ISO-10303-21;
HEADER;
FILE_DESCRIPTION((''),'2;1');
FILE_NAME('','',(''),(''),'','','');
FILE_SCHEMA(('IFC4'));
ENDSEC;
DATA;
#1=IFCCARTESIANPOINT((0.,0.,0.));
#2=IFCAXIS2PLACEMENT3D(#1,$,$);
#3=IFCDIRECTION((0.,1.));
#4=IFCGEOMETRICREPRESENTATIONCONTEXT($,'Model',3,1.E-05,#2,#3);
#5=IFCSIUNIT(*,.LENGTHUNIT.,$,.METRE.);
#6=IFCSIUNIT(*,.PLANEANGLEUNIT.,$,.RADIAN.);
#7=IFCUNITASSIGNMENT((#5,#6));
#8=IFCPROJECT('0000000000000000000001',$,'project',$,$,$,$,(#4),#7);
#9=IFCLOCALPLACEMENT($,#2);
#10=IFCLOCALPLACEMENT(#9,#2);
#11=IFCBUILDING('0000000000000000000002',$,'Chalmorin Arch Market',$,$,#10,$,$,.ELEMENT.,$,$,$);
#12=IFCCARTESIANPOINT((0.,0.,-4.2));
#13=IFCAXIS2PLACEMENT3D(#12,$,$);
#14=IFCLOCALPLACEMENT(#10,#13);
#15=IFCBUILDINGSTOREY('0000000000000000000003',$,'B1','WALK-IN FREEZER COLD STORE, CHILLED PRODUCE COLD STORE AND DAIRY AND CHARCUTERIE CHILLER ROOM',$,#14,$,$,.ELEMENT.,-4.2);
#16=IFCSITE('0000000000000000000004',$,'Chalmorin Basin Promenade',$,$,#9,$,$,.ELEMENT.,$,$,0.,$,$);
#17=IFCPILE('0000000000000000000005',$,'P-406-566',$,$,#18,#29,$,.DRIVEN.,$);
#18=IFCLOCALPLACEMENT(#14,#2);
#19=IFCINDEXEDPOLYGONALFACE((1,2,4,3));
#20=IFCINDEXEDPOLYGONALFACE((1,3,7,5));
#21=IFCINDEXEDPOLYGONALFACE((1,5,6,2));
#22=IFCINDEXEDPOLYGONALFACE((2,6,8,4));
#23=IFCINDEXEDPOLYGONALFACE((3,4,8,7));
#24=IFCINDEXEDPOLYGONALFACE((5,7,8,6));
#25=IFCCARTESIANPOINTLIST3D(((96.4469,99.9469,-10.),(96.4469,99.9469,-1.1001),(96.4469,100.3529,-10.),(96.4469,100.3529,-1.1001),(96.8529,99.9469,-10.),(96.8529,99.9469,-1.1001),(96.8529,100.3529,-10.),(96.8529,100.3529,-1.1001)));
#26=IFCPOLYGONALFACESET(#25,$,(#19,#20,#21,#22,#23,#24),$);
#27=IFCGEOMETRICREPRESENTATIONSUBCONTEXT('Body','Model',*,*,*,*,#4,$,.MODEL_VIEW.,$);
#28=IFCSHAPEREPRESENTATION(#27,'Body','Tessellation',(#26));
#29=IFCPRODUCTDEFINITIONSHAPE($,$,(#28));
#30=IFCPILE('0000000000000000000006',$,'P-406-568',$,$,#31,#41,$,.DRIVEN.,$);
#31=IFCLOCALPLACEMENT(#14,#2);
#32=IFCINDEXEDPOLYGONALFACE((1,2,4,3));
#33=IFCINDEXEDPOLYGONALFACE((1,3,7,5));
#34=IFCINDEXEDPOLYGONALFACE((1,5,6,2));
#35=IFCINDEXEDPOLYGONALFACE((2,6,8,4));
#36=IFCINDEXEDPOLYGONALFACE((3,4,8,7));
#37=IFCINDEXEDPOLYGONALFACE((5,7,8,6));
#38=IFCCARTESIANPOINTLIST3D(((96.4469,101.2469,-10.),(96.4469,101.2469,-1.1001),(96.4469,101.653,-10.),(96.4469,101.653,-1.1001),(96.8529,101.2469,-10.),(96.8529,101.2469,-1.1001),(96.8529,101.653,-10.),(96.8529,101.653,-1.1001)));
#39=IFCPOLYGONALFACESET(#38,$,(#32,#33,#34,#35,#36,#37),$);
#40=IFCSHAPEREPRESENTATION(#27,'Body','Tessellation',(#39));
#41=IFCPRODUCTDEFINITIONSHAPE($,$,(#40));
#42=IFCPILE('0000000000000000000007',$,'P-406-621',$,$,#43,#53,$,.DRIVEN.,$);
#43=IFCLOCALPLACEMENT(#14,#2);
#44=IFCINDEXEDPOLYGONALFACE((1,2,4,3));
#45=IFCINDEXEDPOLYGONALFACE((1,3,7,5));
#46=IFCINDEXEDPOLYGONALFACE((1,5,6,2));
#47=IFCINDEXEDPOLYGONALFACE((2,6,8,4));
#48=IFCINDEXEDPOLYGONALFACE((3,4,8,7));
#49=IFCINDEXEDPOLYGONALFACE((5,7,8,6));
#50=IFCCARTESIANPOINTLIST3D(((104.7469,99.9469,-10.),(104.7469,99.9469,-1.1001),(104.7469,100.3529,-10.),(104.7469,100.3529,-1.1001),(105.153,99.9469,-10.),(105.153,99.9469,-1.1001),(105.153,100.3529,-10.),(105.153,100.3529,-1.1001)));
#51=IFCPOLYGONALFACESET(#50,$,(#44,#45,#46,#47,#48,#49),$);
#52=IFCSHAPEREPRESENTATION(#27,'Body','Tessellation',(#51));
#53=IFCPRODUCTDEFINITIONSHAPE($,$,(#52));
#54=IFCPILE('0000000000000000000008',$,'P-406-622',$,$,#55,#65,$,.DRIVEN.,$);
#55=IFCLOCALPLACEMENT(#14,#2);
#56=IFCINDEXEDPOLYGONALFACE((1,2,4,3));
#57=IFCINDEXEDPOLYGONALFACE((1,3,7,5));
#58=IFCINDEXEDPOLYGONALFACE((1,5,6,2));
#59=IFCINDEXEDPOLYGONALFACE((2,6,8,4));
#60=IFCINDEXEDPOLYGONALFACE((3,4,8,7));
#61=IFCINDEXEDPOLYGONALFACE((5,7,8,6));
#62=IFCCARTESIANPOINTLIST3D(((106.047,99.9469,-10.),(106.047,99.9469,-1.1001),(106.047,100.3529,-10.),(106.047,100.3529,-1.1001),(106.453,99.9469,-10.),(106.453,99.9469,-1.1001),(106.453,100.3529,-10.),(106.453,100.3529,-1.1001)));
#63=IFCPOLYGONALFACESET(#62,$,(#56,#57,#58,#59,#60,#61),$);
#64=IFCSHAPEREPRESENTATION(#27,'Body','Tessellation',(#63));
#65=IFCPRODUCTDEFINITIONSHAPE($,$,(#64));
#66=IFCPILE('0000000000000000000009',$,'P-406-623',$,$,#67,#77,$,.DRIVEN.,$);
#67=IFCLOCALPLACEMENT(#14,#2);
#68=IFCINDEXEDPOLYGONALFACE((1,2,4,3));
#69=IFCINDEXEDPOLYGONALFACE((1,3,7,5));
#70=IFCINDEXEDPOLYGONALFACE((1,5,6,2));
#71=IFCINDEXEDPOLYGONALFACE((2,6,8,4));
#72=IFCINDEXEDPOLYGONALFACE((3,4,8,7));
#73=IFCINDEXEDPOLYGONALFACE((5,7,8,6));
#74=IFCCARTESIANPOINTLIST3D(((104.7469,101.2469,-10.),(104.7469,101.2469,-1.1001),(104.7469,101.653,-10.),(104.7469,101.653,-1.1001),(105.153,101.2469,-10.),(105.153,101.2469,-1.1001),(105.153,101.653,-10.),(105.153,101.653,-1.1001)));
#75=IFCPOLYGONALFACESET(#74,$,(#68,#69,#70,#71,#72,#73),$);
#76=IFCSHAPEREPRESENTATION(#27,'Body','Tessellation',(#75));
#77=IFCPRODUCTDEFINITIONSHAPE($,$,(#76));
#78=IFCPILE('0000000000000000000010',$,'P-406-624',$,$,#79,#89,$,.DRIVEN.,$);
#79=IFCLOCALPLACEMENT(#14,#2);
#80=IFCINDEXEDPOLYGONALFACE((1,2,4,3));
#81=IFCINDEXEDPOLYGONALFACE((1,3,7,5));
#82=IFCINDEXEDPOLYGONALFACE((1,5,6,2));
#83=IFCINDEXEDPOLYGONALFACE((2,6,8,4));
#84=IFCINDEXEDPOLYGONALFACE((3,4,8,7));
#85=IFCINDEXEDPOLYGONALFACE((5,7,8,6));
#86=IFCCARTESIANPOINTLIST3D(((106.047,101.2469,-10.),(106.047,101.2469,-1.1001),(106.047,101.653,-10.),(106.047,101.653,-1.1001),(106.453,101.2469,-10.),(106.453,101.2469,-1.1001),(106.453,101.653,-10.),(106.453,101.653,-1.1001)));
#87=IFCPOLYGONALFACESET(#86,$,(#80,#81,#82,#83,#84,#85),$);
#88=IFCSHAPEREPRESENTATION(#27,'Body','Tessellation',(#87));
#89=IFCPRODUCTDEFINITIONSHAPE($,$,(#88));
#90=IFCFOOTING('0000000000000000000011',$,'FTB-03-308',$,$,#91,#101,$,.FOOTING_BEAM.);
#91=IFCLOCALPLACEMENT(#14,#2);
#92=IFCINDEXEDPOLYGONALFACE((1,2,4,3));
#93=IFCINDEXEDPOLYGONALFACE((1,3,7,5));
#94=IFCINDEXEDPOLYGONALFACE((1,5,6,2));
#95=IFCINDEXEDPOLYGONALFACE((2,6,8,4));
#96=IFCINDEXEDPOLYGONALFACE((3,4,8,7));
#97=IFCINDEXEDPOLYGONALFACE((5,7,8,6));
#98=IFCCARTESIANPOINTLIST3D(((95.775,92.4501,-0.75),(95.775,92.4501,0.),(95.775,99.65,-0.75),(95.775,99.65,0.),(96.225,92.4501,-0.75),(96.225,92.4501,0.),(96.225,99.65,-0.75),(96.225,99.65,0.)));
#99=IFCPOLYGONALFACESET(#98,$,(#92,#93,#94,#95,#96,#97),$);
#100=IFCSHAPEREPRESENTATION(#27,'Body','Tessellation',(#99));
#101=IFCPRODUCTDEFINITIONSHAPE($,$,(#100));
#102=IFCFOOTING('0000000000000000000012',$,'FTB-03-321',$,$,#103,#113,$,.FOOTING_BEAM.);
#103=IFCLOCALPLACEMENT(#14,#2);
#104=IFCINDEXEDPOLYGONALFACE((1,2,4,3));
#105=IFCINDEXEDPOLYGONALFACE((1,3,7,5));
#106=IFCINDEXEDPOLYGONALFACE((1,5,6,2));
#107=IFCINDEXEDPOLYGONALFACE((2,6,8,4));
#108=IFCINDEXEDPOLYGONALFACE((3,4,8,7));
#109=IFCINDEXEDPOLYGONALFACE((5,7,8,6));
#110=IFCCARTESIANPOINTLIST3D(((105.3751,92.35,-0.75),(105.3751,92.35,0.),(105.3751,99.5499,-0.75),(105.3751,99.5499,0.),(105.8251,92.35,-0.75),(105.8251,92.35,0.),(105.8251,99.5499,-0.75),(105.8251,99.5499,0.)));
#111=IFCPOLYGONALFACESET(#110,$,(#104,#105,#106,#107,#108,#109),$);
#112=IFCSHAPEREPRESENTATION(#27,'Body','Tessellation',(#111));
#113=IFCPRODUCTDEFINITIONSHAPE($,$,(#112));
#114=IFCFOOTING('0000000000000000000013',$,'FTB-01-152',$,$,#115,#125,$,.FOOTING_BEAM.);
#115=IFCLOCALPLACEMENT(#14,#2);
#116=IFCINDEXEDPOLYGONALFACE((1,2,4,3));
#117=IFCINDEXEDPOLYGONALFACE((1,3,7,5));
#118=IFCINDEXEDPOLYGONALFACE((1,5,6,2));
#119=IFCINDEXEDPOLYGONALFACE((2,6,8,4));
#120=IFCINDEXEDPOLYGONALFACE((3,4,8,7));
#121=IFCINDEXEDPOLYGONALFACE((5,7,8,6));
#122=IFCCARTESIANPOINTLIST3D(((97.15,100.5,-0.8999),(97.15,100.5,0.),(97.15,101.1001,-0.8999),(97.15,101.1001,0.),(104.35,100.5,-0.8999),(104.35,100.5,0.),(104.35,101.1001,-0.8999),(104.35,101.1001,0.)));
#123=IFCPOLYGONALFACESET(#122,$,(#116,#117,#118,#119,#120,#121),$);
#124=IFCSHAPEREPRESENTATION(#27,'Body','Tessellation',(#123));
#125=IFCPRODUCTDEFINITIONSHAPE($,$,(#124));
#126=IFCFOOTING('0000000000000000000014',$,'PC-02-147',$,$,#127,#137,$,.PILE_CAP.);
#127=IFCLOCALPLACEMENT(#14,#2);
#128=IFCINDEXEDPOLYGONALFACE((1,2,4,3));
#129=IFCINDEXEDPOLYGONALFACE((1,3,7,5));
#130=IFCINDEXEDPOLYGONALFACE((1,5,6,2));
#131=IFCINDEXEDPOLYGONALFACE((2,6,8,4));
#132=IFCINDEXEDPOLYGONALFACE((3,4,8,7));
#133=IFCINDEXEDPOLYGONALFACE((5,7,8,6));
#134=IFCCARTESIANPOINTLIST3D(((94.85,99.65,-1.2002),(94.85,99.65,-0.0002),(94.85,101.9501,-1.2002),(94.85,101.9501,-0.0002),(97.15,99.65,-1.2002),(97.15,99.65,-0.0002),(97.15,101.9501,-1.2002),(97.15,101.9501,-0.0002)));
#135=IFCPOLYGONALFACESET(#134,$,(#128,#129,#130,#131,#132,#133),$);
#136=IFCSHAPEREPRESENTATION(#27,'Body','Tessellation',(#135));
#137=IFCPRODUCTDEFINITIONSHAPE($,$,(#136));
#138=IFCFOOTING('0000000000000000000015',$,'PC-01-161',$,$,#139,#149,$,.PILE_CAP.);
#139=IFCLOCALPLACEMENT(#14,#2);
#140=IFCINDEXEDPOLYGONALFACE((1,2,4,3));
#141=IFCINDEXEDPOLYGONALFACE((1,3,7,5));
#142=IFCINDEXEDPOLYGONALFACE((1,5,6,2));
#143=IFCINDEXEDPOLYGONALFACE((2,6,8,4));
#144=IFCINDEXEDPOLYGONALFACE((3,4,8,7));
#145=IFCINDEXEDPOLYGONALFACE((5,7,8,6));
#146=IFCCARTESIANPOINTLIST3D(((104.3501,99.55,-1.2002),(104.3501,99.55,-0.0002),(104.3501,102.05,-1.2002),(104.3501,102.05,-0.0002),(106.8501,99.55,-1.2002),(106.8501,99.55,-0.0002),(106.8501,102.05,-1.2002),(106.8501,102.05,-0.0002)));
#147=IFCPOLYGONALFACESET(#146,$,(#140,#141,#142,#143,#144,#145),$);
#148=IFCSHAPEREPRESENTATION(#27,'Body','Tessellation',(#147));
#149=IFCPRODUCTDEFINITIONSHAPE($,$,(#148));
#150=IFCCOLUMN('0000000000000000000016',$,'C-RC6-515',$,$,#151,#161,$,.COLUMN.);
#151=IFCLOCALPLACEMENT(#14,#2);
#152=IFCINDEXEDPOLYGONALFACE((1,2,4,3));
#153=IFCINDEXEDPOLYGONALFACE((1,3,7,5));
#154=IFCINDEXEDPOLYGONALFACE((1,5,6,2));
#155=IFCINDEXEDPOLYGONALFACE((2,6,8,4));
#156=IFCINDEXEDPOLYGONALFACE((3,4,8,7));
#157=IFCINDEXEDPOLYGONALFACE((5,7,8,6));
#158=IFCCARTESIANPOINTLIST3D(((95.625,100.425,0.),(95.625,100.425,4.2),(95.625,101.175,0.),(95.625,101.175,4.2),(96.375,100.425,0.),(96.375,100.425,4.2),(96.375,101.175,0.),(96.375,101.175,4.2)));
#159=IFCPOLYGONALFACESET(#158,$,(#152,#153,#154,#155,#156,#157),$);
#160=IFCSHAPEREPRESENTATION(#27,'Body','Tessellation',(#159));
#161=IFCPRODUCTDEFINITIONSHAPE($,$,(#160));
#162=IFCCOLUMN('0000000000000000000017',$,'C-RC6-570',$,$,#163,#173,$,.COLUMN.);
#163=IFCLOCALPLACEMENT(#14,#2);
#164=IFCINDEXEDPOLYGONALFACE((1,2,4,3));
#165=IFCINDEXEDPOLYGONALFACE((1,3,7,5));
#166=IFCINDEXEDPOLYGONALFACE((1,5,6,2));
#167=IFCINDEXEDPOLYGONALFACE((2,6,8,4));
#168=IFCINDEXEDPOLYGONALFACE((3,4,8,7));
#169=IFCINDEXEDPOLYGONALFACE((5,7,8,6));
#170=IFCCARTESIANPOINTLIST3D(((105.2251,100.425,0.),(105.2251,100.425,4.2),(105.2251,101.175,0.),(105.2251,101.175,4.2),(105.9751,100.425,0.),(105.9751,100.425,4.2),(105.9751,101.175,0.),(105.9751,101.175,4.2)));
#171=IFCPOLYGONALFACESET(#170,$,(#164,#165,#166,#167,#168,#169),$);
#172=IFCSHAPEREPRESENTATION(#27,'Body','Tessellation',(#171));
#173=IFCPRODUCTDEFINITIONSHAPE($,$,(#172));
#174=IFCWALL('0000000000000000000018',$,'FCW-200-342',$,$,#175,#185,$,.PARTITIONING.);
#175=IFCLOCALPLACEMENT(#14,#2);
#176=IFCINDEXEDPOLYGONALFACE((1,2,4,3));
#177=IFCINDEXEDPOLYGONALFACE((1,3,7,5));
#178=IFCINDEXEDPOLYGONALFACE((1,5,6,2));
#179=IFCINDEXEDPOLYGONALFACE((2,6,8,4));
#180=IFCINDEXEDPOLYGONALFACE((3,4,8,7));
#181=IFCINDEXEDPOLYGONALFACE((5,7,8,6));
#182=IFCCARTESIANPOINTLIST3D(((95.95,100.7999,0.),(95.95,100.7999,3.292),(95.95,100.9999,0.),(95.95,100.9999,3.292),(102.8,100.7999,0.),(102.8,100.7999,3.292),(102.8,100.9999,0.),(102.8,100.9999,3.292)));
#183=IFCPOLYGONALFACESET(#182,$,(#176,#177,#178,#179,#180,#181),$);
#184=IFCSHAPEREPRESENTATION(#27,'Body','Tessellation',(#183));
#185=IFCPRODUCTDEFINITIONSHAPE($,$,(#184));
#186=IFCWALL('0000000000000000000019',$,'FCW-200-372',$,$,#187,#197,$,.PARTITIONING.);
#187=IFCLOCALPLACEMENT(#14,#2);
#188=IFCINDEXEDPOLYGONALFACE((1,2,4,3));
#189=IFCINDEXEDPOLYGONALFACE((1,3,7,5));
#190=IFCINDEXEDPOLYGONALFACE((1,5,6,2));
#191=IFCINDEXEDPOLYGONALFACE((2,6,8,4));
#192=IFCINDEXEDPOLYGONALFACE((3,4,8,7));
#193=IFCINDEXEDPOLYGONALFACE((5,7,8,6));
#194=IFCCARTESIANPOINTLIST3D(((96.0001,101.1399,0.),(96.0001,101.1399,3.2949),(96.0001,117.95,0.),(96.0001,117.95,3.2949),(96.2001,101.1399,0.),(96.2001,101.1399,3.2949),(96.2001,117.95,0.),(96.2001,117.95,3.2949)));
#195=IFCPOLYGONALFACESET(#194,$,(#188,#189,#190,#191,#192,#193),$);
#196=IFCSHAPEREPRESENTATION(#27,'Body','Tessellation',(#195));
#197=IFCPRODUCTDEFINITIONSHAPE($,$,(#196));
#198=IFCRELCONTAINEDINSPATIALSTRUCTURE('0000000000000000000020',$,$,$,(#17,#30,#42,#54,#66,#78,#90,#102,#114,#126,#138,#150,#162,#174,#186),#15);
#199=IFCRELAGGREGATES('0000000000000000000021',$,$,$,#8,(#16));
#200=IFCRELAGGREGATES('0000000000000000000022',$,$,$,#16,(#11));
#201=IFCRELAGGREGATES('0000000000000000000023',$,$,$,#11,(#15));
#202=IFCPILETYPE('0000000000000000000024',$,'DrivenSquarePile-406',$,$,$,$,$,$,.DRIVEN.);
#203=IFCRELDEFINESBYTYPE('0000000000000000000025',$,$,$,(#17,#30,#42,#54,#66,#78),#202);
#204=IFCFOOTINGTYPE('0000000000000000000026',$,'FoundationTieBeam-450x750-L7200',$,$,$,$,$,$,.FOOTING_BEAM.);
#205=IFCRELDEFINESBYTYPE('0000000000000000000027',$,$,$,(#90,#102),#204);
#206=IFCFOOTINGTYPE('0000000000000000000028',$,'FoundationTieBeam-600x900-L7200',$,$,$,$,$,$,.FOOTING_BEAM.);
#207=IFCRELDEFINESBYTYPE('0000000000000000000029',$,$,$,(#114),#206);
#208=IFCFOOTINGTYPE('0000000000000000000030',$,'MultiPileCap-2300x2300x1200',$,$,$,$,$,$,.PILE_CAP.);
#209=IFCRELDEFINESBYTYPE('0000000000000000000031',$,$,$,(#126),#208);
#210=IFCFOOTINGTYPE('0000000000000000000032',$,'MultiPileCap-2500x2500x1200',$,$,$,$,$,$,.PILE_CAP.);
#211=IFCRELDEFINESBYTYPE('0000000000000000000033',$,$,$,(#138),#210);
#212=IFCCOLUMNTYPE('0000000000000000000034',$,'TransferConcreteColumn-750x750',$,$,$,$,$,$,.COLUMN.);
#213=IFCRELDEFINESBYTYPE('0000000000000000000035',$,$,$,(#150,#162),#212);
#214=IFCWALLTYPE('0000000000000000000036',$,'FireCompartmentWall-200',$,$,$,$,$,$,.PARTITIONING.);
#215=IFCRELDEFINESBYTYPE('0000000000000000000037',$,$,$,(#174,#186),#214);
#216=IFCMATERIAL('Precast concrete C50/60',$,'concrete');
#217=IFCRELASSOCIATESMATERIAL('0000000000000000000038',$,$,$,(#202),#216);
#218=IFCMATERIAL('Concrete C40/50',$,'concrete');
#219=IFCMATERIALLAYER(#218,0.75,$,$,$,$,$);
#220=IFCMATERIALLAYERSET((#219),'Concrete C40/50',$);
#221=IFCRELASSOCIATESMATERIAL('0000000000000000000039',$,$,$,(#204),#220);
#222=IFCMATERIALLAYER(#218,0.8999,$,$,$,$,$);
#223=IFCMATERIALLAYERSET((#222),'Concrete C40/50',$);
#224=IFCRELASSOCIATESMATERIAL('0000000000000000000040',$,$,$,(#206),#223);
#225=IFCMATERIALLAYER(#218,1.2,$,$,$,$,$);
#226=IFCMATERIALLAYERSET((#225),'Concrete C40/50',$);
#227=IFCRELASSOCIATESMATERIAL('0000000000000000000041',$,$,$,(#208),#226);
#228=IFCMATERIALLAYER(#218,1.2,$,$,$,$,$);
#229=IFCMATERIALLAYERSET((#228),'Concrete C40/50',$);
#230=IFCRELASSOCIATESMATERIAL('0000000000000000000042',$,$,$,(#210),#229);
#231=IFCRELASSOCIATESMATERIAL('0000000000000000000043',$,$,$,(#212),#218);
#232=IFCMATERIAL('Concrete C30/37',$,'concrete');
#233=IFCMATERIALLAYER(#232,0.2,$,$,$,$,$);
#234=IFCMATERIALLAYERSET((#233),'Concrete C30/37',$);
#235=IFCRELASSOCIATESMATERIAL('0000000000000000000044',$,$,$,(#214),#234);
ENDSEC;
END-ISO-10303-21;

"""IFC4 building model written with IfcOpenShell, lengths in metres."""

from ifc_helpers import new_model, si_unit, direction, frame, frame_2d, origin, origin_2d, place, context, subcontext, project, spatial, rectangle, extrude, material, layer, layer_set, material_profile, profile_set, type_object, element, save


model = new_model("IFC4")

# Units and contexts
model_context = context("Model", 3, precision=1e-05, world=origin(), true_north=direction((0.0, 1.0)))
body_context = subcontext(model_context, "Body", "Model", "MODEL_VIEW")
ifc_project = project(units=[si_unit("LENGTHUNIT", "METRE"), si_unit("PLANEANGLEUNIT", "RADIAN")], contexts=[model_context])

# Site, building, storey
site_placement = place(None, origin())
site = spatial("IfcSite", under=ifc_project, at=site_placement, Name="Chalmorin Basin Promenade", CompositionType="ELEMENT", RefElevation=0.0)
building_placement = place(site_placement, origin())
building = spatial("IfcBuilding", under=site, at=building_placement, Name="Chalmorin Arch Market", CompositionType="ELEMENT")
storey_placement = place(building_placement, frame((0.0, 0.0, -4.2)))
storey = spatial("IfcBuildingStorey", under=building, at=storey_placement, Name="B1", Description="WALK-IN FREEZER COLD STORE, CHILLED PRODUCE COLD STORE AND DAIRY AND CHARCUTERIE CHILLER ROOM", CompositionType="ELEMENT", Elevation=-4.2)

# Piles
ifc_material_1 = material(Name="Precast concrete C50/60", Category="concrete")
ifc_material_profile_1 = material_profile(ifc_material_1, rectangle(XDim=0.406, YDim=0.406, at=origin_2d()), Name="PPC406")
ifc_profile_set_1 = profile_set([ifc_material_profile_1], Name="Precast concrete C50/60")
pile_type = type_object("IfcPileType", Name="DrivenSquarePile-406", PredefinedType="DRIVEN", material=ifc_profile_set_1)
for number, where, z_axis, x_axis, name in (
    (1, (96.6499, 100.1499, -1.1001), (0.0, 0.0, -1.0), (1.0, 0.0, 0.0), "P-406-566"),
    (2, (96.6499, 101.45, -1.1001), (0.0, 0.0, -1.0), (1.0, 0.0, 0.0), "P-406-568"),
    (3, (104.95, 100.1499, -1.1001), (0.0, 0.0, -1.0), (1.0, 0.0, 0.0), "P-406-621"),
    (4, (106.25, 100.1499, -1.1001), (0.0, 0.0, -1.0), (1.0, 0.0, 0.0), "P-406-622"),
    (5, (104.95, 101.45, -1.1001), (0.0, 0.0, -1.0), (1.0, 0.0, 0.0), "P-406-623"),
    (6, (106.25, 101.45, -1.1001), (0.0, 0.0, -1.0), (1.0, 0.0, 0.0), "P-406-624"),
):
    element("IfcPile", number, at=place(storey_placement, frame(where, z_axis=z_axis, x_axis=x_axis)), inside=storey, type_object=pile_type, Name=name, PredefinedType="DRIVEN", context=body_context, shape_type="SweptSolid", body=[
        extrude(rectangle(XDim=0.406, YDim=0.406, at=origin_2d()), origin(), (0.0, 0.0, 1.0), 8.8999),
    ])

# Footings
ifc_material_2 = material(Name="Concrete C40/50", Category="concrete")
ifc_layer_1 = layer(ifc_material_2, 0.75)
ifc_layer_set_1 = layer_set([ifc_layer_1], Name="Concrete C40/50")
footing_type_1 = type_object("IfcFootingType", Name="FoundationTieBeam-450x750-L7200", PredefinedType="FOOTING_BEAM", material=ifc_layer_set_1)
for number, where, z_axis, x_axis, name in (
    (7, (96.0, 96.05, -0.75), (0.0, 0.0, 1.0), (0.0, 1.0, 0.0), "FTB-03-308"),
    (8, (105.6001, 95.95, -0.75), (0.0, 0.0, 1.0), (0.0, 1.0, 0.0), "FTB-03-321"),
):
    element("IfcFooting", number, at=place(storey_placement, frame(where, z_axis=z_axis, x_axis=x_axis)), inside=storey, type_object=footing_type_1, Name=name, PredefinedType="FOOTING_BEAM", context=body_context, shape_type="SweptSolid", body=[
        extrude(rectangle(XDim=7.2, YDim=0.45, at=origin_2d()), origin(), (0.0, 0.0, 1.0), 0.75),
    ])
ifc_layer_2 = layer(ifc_material_2, 0.8999)
ifc_layer_set_2 = layer_set([ifc_layer_2], Name="Concrete C40/50")
footing_type_2 = type_object("IfcFootingType", Name="FoundationTieBeam-600x900-L7200", PredefinedType="FOOTING_BEAM", material=ifc_layer_set_2)
footing_1_placement = place(storey_placement, frame((100.75, 100.8, -0.8999), z_axis=(0.0, 0.0, 1.0), x_axis=(1.0, 0.0, 0.0)))
element("IfcFooting", 9, at=footing_1_placement, inside=storey, type_object=footing_type_2, Name="FTB-01-152", PredefinedType="FOOTING_BEAM", context=body_context, shape_type="SweptSolid", body=[
    extrude(rectangle(XDim=7.2, YDim=0.6001, at=origin_2d()), origin(), (0.0, 0.0, 1.0), 0.8999),
])
ifc_layer_3 = layer(ifc_material_2, 1.2)
ifc_layer_set_3 = layer_set([ifc_layer_3], Name="Concrete C40/50")
footing_type_3 = type_object("IfcFootingType", Name="MultiPileCap-2300x2300x1200", PredefinedType="PILE_CAP", material=ifc_layer_set_3)
footing_2_placement = place(storey_placement, frame((96.0, 100.8, -1.2002), z_axis=(0.0, 0.0, 1.0), x_axis=(1.0, 0.0, 0.0)))
element("IfcFooting", 10, at=footing_2_placement, inside=storey, type_object=footing_type_3, Name="PC-02-147", PredefinedType="PILE_CAP", context=body_context, shape_type="SweptSolid", body=[
    extrude(rectangle(XDim=2.3, YDim=2.3, at=origin_2d()), origin(), (0.0, 0.0, 1.0), 1.2),
])
ifc_layer_4 = layer(ifc_material_2, 1.2)
ifc_layer_set_4 = layer_set([ifc_layer_4], Name="Concrete C40/50")
footing_type_4 = type_object("IfcFootingType", Name="MultiPileCap-2500x2500x1200", PredefinedType="PILE_CAP", material=ifc_layer_set_4)
footing_3_placement = place(storey_placement, frame((105.6001, 100.8, -1.2002), z_axis=(0.0, 0.0, 1.0), x_axis=(1.0, 0.0, 0.0)))
element("IfcFooting", 11, at=footing_3_placement, inside=storey, type_object=footing_type_4, Name="PC-01-161", PredefinedType="PILE_CAP", context=body_context, shape_type="SweptSolid", body=[
    extrude(rectangle(XDim=2.5, YDim=2.5, at=origin_2d()), origin(), (0.0, 0.0, 1.0), 1.2),
])

# Columns
ifc_material_profile_2 = material_profile(ifc_material_2, rectangle(XDim=0.75, YDim=0.75, at=origin_2d()), Name="RC750X750")
ifc_profile_set_2 = profile_set([ifc_material_profile_2], Name="Concrete C40/50")
column_type = type_object("IfcColumnType", Name="TransferConcreteColumn-750x750", PredefinedType="COLUMN", material=ifc_profile_set_2)
for number, where, z_axis, x_axis, name in (
    (12, (96.0, 100.8, 0.0), (0.0, 0.0, 1.0), (1.0, 0.0, 0.0), "C-RC6-515"),
    (13, (105.6001, 100.8, 0.0), (0.0, 0.0, 1.0), (1.0, 0.0, 0.0), "C-RC6-570"),
):
    element("IfcColumn", number, at=place(storey_placement, frame(where, z_axis=z_axis, x_axis=x_axis)), inside=storey, type_object=column_type, Name=name, PredefinedType="COLUMN", context=body_context, shape_type="SweptSolid", body=[
        extrude(rectangle(XDim=0.75, YDim=0.75, at=origin_2d()), origin(), (0.0, 0.0, 1.0), 4.2),
    ])

# Wall
ifc_material_3 = material(Name="Concrete C30/37", Category="concrete")
ifc_layer_5 = layer(ifc_material_3, 0.2)
ifc_layer_set_5 = layer_set([ifc_layer_5], Name="Concrete C30/37")
wall_type_1 = type_object("IfcWallType", Name="FireCompartmentWall-200", PredefinedType="PARTITIONING", material=ifc_layer_set_5)
wall_1_placement = place(storey_placement, frame((95.95, 100.8999, 0.0), z_axis=(0.0, 0.0, 1.0), x_axis=(1.0, 0.0, 0.0)))
element("IfcWall", 14, at=wall_1_placement, inside=storey, type_object=wall_type_1, Name="FCW-200-342", PredefinedType="PARTITIONING", context=body_context, shape_type="SweptSolid", body=[
    extrude(rectangle(XDim=6.8501, YDim=0.2, at=frame_2d((3.425, 0.0))), origin(), (0.0, 0.0, 1.0), 3.292),
])

# Wall
wall_2_placement = place(storey_placement, frame((96.1001, 101.1399, 0.0), z_axis=(0.0, 0.0, 1.0), x_axis=(0.0, 1.0, 0.0)))
element("IfcWall", 15, at=wall_2_placement, inside=storey, type_object=wall_type_1, Name="FCW-200-372", PredefinedType="PARTITIONING", context=body_context, shape_type="SweptSolid", body=[
    extrude(rectangle(XDim=16.8101, YDim=0.2, at=frame_2d((8.405, 0.0))), origin(), (0.0, 0.0, 1.0), 3.2949),
])

save(model, "model.ifc")
